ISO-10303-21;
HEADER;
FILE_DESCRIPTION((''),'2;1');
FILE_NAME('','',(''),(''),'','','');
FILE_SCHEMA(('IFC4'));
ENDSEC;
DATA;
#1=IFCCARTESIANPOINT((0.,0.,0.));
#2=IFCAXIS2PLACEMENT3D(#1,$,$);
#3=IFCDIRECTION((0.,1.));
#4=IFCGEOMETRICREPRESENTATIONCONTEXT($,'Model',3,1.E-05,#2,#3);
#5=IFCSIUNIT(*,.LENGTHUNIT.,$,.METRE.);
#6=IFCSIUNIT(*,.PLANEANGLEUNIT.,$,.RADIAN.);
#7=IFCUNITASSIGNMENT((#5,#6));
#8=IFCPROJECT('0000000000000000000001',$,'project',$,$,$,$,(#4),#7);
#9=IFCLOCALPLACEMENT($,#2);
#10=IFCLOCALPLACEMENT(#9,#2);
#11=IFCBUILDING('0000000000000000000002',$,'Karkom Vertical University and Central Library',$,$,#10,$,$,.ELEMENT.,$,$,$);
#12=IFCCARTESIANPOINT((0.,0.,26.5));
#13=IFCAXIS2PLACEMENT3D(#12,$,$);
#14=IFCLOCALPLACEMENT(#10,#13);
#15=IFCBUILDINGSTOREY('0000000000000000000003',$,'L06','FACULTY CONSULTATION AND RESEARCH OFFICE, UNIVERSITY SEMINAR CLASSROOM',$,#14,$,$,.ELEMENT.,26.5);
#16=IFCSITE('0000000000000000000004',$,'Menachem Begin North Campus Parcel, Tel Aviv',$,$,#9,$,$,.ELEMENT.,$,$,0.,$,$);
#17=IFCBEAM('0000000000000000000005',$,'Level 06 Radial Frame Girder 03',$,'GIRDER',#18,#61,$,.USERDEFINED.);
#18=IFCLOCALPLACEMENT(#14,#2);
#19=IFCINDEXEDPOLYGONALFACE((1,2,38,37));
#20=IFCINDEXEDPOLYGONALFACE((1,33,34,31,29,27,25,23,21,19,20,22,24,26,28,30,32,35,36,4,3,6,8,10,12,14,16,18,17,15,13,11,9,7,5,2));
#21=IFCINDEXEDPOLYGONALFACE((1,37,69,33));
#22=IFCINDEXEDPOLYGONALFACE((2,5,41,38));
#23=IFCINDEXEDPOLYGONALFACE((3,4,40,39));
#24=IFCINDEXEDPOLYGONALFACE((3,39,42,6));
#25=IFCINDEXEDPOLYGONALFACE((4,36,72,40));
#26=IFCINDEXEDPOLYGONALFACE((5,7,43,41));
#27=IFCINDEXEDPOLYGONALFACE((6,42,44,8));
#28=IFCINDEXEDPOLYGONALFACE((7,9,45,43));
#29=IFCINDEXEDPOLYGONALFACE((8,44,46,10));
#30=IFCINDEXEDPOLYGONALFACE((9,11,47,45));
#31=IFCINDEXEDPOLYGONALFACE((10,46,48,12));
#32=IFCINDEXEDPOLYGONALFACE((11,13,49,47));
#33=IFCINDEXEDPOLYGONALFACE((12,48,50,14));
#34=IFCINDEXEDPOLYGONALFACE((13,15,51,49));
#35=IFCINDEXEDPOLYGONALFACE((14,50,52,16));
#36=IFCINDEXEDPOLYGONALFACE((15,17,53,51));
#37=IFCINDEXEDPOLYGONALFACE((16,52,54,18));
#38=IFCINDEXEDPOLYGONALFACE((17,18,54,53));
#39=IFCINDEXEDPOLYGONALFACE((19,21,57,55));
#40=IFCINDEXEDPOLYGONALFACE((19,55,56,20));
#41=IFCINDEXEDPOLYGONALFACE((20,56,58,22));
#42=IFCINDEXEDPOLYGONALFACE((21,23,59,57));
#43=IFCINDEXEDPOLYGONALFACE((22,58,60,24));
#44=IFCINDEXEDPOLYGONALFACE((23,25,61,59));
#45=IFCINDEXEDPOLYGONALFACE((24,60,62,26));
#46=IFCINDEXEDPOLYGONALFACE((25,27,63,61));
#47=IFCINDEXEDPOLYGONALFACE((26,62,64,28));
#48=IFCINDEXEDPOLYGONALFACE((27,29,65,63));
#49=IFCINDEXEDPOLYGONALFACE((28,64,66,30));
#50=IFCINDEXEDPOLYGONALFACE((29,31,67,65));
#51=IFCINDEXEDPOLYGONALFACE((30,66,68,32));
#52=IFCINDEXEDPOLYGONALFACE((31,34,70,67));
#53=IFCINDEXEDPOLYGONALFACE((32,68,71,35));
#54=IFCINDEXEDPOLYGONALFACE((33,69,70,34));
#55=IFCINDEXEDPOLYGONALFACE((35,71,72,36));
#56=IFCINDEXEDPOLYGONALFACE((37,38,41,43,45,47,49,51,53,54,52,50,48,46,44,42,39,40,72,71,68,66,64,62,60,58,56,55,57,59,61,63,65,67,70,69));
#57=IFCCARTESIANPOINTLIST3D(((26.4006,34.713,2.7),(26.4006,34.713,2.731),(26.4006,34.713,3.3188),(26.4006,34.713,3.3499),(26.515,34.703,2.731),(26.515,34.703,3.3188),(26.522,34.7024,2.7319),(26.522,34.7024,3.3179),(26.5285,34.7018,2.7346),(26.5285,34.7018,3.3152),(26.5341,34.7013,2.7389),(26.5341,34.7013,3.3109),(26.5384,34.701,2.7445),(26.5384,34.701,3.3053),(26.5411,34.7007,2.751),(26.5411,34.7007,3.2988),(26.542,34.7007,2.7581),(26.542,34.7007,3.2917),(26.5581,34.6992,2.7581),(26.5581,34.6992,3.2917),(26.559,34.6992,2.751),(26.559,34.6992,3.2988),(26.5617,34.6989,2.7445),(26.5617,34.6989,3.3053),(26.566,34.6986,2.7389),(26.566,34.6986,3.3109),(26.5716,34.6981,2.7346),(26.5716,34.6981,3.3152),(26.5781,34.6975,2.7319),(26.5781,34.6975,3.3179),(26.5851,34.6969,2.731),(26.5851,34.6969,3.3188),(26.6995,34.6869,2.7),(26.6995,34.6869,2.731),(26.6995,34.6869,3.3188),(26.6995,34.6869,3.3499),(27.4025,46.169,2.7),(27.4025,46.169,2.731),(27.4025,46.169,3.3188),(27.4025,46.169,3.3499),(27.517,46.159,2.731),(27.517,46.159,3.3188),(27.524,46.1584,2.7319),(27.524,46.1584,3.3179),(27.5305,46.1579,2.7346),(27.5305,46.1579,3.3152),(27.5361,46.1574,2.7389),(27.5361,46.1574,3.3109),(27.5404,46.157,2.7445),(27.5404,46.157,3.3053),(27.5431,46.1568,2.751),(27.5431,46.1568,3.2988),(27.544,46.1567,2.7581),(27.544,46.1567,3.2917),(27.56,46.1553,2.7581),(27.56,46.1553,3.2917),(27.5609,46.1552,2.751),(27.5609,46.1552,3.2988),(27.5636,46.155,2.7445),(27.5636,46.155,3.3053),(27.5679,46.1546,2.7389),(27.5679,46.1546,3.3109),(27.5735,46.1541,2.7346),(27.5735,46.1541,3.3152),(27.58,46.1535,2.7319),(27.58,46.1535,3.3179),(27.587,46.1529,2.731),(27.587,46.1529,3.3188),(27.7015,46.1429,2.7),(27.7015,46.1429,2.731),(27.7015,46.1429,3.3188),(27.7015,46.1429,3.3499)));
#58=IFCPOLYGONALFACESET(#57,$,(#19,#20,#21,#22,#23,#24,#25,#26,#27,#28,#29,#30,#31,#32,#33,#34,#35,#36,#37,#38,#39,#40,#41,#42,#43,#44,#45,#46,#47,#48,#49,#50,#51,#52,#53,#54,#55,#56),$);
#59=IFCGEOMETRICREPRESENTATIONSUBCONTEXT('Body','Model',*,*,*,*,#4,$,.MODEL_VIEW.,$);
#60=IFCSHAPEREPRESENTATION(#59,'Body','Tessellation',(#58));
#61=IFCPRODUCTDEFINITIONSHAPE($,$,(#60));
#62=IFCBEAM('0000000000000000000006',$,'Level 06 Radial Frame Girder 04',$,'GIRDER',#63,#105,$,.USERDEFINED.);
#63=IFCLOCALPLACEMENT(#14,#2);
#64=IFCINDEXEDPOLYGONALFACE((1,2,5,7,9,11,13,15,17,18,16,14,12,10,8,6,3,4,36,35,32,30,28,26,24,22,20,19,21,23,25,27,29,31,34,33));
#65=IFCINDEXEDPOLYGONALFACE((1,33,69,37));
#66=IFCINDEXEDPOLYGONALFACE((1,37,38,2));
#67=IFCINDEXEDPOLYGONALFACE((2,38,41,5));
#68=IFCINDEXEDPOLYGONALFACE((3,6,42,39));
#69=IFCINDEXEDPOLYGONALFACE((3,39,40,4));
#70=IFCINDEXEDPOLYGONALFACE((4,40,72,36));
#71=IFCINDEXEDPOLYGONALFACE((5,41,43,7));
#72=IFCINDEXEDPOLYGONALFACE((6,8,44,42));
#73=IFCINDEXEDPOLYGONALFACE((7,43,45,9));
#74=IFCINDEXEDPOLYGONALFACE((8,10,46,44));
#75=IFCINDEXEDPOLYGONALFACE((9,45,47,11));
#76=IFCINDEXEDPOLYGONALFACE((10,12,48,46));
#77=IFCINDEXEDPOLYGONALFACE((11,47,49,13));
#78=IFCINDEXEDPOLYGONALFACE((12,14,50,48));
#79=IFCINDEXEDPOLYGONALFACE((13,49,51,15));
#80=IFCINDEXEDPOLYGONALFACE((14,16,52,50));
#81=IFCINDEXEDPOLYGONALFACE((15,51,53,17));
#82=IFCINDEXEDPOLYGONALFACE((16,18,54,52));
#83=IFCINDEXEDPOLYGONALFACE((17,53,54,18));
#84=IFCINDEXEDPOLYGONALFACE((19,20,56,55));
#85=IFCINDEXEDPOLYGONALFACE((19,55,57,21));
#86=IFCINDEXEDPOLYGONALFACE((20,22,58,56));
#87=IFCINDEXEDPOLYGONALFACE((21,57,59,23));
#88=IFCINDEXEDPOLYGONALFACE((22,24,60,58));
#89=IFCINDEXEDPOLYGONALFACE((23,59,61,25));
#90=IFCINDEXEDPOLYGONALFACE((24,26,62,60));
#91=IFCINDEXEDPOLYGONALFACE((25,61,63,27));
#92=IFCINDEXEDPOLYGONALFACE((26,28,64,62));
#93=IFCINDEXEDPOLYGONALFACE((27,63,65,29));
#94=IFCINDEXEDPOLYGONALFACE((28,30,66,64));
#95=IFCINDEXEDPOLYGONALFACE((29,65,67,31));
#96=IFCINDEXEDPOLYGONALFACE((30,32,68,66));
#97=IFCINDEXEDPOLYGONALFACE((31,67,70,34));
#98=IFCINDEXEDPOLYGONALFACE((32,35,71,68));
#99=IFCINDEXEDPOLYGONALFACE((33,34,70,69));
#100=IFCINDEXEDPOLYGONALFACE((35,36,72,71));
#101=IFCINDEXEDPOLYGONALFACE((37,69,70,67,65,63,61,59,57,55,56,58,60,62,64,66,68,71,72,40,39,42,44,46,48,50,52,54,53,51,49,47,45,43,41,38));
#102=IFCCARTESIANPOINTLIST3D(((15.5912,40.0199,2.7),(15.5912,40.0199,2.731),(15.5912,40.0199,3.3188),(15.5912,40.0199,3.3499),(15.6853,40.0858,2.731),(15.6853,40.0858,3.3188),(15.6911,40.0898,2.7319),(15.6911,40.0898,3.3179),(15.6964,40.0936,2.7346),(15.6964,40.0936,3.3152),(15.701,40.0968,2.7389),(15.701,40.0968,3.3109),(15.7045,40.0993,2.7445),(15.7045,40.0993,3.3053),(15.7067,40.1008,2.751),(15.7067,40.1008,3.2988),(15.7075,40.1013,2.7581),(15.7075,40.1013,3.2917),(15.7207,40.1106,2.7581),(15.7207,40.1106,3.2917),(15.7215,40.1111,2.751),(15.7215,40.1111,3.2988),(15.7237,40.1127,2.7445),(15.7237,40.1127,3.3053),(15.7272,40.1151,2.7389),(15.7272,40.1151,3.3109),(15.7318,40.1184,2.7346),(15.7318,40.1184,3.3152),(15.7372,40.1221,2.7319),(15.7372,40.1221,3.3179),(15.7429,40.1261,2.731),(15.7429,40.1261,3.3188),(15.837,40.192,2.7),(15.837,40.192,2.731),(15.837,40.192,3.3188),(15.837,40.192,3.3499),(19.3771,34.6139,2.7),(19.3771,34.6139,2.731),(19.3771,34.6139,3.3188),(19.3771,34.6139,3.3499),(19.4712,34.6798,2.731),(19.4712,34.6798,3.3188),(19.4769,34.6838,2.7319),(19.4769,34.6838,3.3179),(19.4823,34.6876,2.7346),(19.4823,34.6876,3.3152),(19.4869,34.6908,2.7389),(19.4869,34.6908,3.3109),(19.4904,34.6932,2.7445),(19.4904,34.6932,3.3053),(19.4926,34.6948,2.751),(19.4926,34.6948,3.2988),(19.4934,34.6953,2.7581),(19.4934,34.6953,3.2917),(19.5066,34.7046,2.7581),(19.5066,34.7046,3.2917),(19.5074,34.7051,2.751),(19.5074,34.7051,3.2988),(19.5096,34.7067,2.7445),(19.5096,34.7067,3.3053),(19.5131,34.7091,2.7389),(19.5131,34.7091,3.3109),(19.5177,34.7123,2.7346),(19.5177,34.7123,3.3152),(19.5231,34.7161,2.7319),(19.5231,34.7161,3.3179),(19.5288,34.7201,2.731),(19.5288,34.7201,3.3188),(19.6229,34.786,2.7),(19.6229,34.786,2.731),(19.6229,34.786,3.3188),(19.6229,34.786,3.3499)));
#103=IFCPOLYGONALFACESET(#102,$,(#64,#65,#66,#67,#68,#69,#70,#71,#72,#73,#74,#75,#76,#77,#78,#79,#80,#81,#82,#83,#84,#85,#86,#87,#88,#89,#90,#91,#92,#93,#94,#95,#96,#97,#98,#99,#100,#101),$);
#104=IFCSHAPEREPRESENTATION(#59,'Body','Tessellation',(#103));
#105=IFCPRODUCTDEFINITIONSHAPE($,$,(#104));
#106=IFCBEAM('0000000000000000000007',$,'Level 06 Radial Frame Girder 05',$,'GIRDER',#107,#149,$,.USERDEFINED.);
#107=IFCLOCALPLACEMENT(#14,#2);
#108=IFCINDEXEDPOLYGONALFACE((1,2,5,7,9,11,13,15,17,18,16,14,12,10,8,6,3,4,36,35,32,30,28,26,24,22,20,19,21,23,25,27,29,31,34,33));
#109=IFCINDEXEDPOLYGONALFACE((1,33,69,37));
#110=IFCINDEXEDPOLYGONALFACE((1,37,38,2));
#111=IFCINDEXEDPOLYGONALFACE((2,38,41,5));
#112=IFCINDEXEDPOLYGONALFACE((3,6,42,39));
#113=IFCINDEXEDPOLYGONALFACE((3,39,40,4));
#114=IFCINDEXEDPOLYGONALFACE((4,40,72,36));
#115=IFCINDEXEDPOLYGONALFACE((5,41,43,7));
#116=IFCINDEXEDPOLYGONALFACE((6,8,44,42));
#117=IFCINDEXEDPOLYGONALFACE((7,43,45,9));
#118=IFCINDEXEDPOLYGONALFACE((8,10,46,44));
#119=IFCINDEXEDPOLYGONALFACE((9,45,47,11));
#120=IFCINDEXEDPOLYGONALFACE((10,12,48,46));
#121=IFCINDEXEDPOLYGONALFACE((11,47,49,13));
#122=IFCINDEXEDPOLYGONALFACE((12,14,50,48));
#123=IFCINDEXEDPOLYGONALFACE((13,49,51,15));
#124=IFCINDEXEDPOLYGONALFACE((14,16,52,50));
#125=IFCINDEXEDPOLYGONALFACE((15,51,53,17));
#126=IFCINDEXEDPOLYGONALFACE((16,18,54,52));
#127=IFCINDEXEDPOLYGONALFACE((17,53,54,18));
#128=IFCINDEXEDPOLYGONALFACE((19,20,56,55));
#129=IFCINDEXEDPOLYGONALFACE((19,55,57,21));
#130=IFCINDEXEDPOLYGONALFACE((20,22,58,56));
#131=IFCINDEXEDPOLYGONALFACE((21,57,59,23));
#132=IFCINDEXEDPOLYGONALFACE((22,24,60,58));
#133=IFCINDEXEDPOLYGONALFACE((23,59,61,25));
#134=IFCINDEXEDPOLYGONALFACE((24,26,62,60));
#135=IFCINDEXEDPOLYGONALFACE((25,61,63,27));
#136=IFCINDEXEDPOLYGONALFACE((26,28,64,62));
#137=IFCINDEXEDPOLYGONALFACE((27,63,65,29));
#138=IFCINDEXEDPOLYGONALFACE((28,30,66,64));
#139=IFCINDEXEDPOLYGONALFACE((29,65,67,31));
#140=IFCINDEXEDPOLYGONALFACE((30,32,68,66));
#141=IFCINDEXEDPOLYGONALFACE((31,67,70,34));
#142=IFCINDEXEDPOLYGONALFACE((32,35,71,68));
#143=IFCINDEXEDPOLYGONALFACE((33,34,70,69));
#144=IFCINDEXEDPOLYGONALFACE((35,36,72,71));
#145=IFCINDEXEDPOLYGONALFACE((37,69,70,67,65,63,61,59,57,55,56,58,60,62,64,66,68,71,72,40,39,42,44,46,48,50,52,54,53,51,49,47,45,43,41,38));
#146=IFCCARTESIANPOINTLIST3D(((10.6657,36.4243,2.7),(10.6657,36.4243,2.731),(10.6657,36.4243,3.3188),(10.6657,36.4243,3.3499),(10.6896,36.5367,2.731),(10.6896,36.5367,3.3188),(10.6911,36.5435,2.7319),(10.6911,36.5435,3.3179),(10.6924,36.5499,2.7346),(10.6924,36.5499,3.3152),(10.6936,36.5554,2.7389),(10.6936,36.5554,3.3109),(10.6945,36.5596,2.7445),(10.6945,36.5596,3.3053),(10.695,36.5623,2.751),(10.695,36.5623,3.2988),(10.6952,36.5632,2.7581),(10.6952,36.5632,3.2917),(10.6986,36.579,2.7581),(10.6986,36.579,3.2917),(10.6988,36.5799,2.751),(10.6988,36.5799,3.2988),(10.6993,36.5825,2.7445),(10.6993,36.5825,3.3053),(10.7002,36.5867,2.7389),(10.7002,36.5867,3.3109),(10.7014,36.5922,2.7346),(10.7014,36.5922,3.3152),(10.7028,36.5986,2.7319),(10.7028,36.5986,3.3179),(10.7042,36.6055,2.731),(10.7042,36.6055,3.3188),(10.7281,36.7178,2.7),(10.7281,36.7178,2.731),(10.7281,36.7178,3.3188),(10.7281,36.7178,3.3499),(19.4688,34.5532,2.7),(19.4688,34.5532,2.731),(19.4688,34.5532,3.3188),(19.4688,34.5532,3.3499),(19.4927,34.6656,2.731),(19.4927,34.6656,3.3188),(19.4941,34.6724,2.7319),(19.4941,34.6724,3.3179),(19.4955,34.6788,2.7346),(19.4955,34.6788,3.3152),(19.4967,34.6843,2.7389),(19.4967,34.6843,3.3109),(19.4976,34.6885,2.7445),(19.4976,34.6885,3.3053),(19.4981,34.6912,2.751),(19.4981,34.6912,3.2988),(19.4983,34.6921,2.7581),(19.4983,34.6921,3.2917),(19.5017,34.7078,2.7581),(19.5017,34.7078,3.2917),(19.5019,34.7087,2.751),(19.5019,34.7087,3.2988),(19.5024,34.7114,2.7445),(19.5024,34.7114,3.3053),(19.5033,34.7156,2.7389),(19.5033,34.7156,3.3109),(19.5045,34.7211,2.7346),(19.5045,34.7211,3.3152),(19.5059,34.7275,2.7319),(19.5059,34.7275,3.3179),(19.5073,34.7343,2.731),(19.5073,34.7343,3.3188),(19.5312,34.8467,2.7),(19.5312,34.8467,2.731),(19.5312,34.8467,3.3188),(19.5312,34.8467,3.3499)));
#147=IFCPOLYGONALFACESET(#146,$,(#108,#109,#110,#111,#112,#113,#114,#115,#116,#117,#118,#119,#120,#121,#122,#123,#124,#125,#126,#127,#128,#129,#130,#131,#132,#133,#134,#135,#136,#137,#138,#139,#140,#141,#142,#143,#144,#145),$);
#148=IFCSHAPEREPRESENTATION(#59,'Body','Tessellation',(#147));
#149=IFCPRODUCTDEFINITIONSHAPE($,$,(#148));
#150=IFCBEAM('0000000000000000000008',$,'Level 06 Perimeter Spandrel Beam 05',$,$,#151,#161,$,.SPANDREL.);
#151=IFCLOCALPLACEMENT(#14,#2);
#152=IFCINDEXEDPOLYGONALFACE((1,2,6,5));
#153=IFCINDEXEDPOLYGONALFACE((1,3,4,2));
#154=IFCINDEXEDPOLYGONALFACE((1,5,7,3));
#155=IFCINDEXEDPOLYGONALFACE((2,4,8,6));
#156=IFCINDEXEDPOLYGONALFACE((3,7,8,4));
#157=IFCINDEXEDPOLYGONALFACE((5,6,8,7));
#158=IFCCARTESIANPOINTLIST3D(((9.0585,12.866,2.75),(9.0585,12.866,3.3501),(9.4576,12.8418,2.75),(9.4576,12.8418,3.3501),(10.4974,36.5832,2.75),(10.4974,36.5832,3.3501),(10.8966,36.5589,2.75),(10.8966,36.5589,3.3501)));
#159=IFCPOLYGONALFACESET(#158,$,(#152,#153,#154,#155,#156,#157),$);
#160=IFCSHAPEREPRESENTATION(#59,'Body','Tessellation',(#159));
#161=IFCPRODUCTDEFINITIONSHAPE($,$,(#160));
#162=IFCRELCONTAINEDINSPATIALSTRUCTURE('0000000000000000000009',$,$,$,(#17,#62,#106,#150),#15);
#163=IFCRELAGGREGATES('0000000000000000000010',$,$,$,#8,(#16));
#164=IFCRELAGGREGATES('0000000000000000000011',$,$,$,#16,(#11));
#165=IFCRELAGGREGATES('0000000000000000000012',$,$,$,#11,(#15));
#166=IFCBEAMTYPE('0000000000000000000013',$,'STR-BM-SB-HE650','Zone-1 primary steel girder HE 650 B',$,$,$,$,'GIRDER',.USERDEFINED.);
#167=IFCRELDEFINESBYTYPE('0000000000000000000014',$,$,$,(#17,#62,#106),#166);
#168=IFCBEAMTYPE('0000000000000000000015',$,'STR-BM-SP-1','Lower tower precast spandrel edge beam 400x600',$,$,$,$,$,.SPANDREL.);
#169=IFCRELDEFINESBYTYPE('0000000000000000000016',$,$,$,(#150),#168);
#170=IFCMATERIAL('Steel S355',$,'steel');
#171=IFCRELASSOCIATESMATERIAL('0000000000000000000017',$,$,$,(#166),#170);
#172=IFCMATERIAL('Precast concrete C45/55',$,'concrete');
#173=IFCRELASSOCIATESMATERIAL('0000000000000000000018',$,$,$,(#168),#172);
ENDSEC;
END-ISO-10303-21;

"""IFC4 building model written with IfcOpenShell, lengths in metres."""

from ifc_helpers import new_model, si_unit, direction, frame, origin, origin_with_axes, origin_2d, place, context, subcontext, project, spatial, rectangle, i_section, extrude, source, transform, mapped, material, material_profile, profile_set, type_object, element, save


model = new_model("IFC4")

# Units and contexts
model_context = context("Model", 3, precision=1e-05, world=origin(), true_north=direction((0.0, 1.0)))
body_context = subcontext(model_context, "Body", "Model", "MODEL_VIEW")
ifc_project = project(units=[si_unit("LENGTHUNIT", "METRE"), si_unit("PLANEANGLEUNIT", "RADIAN")], contexts=[model_context])

# Site, building, storey
site_placement = place(None, origin())
site = spatial("IfcSite", under=ifc_project, at=site_placement, Name="Menachem Begin North Campus Parcel, Tel Aviv", CompositionType="ELEMENT", RefElevation=0.0)
building_placement = place(site_placement, origin())
building = spatial("IfcBuilding", under=site, at=building_placement, Name="Karkom Vertical University and Central Library", CompositionType="ELEMENT")
storey_placement = place(building_placement, frame((0.0, 0.0, 26.5)))
storey = spatial("IfcBuildingStorey", under=building, at=storey_placement, Name="L06", Description="FACULTY CONSULTATION AND RESEARCH OFFICE, UNIVERSITY SEMINAR CLASSROOM", CompositionType="ELEMENT", Elevation=26.5)

# Beams
ifc_material_1 = material(Name="Steel S355", Category="steel")
ifc_material_profile_1 = material_profile(ifc_material_1, i_section(OverallWidth=0.3, OverallDepth=0.6499, WebThickness=0.0161, FlangeThickness=0.031, FilletRadius=0.0271, at=origin_2d()), Name="HE 650 B")
ifc_profile_set_1 = profile_set([ifc_material_profile_1], Name="Steel S355")
beam_type_1 = type_object("IfcBeamType", Name="STR-BM-SB-HE650", Description="Zone-1 primary steel girder HE 650 B", ElementType="GIRDER", PredefinedType="USERDEFINED", material=ifc_profile_set_1)
shared_shape_1 = source(origin_with_axes(), body_context, "Body", "SweptSolid", [
    extrude(i_section(OverallWidth=0.3, OverallDepth=0.6499, WebThickness=0.0161, FlangeThickness=0.031, FilletRadius=0.0271, at=origin_2d()), origin(), (0.0, 0.0, 1.0), 11.4998),
])
beam_1_placement = place(storey_placement, frame((26.55, 34.7, 3.0249), z_axis=(0.087128, 0.996197, 0.0), x_axis=(-0.996197, 0.087128, 0.0)))
element("IfcBeam", 1, at=beam_1_placement, inside=storey, type_object=beam_type_1, Name="Level 06 Radial Frame Girder 03", ObjectType="GIRDER", PredefinedType="USERDEFINED", context=body_context, shape_type="MappedRepresentation", body=[
    mapped(shared_shape_1, transform((0.0, 0.0, 0.0), scale=1.0)),
])
shared_shape_2 = source(origin_with_axes(), body_context, "Body", "SweptSolid", [
    extrude(i_section(OverallWidth=0.3, OverallDepth=0.6499, WebThickness=0.0161, FlangeThickness=0.031, FilletRadius=0.0271, at=origin_2d()), origin(), (0.0, 0.0, 1.0), 6.5999),
])
beam_2_placement = place(storey_placement, frame((19.5, 34.7, 3.0249), z_axis=(-0.573634, 0.819112, 0.0), x_axis=(-0.819112, -0.573634, 0.0)))
element("IfcBeam", 2, at=beam_2_placement, inside=storey, type_object=beam_type_1, Name="Level 06 Radial Frame Girder 04", ObjectType="GIRDER", PredefinedType="USERDEFINED", context=body_context, shape_type="MappedRepresentation", body=[
    mapped(shared_shape_2, transform((0.0, 0.0, 0.0), scale=1.0)),
])
shared_shape_3 = source(origin_with_axes(), body_context, "Body", "SweptSolid", [
    extrude(i_section(OverallWidth=0.3, OverallDepth=0.6499, WebThickness=0.0161, FlangeThickness=0.031, FilletRadius=0.0271, at=origin_2d()), origin(), (0.0, 0.0, 1.0), 8.9998),
])
beam_3_placement = place(storey_placement, frame((19.5, 34.7, 3.0249), z_axis=(-0.978148, 0.207908, 0.0), x_axis=(-0.207908, -0.978148, 0.0)))
element("IfcBeam", 3, at=beam_3_placement, inside=storey, type_object=beam_type_1, Name="Level 06 Radial Frame Girder 05", ObjectType="GIRDER", PredefinedType="USERDEFINED", context=body_context, shape_type="MappedRepresentation", body=[
    mapped(shared_shape_3, transform((0.0, 0.0, 0.0), scale=1.0)),
])
ifc_material_2 = material(Name="Precast concrete C45/55", Category="concrete")
ifc_material_profile_2 = material_profile(ifc_material_2, rectangle(XDim=0.3999, YDim=0.6001, at=origin_2d()), Name="SPB-400x600")
ifc_profile_set_2 = profile_set([ifc_material_profile_2], Name="Precast concrete C45/55")
beam_type_2 = type_object("IfcBeamType", Name="STR-BM-SP-1", Description="Lower tower precast spandrel edge beam 400x600", PredefinedType="SPANDREL", material=ifc_profile_set_2)
shared_shape_4 = source(origin_with_axes(), body_context, "Body", "SweptSolid", [
    extrude(rectangle(XDim=0.3999, YDim=0.6001, at=origin_2d()), origin(), (0.0, 0.0, 1.0), 23.7607),
])
beam_4_placement = place(storey_placement, frame((10.697, 36.571, 3.05), z_axis=(-0.060561, -0.998165, 0.0), x_axis=(0.998165, -0.060561, 0.0)))
element("IfcBeam", 4, at=beam_4_placement, inside=storey, type_object=beam_type_2, Name="Level 06 Perimeter Spandrel Beam 05", PredefinedType="SPANDREL", context=body_context, shape_type="MappedRepresentation", body=[
    mapped(shared_shape_4, transform((0.0, 0.0, 0.0), scale=1.0)),
])

save(model, "model.ifc")
